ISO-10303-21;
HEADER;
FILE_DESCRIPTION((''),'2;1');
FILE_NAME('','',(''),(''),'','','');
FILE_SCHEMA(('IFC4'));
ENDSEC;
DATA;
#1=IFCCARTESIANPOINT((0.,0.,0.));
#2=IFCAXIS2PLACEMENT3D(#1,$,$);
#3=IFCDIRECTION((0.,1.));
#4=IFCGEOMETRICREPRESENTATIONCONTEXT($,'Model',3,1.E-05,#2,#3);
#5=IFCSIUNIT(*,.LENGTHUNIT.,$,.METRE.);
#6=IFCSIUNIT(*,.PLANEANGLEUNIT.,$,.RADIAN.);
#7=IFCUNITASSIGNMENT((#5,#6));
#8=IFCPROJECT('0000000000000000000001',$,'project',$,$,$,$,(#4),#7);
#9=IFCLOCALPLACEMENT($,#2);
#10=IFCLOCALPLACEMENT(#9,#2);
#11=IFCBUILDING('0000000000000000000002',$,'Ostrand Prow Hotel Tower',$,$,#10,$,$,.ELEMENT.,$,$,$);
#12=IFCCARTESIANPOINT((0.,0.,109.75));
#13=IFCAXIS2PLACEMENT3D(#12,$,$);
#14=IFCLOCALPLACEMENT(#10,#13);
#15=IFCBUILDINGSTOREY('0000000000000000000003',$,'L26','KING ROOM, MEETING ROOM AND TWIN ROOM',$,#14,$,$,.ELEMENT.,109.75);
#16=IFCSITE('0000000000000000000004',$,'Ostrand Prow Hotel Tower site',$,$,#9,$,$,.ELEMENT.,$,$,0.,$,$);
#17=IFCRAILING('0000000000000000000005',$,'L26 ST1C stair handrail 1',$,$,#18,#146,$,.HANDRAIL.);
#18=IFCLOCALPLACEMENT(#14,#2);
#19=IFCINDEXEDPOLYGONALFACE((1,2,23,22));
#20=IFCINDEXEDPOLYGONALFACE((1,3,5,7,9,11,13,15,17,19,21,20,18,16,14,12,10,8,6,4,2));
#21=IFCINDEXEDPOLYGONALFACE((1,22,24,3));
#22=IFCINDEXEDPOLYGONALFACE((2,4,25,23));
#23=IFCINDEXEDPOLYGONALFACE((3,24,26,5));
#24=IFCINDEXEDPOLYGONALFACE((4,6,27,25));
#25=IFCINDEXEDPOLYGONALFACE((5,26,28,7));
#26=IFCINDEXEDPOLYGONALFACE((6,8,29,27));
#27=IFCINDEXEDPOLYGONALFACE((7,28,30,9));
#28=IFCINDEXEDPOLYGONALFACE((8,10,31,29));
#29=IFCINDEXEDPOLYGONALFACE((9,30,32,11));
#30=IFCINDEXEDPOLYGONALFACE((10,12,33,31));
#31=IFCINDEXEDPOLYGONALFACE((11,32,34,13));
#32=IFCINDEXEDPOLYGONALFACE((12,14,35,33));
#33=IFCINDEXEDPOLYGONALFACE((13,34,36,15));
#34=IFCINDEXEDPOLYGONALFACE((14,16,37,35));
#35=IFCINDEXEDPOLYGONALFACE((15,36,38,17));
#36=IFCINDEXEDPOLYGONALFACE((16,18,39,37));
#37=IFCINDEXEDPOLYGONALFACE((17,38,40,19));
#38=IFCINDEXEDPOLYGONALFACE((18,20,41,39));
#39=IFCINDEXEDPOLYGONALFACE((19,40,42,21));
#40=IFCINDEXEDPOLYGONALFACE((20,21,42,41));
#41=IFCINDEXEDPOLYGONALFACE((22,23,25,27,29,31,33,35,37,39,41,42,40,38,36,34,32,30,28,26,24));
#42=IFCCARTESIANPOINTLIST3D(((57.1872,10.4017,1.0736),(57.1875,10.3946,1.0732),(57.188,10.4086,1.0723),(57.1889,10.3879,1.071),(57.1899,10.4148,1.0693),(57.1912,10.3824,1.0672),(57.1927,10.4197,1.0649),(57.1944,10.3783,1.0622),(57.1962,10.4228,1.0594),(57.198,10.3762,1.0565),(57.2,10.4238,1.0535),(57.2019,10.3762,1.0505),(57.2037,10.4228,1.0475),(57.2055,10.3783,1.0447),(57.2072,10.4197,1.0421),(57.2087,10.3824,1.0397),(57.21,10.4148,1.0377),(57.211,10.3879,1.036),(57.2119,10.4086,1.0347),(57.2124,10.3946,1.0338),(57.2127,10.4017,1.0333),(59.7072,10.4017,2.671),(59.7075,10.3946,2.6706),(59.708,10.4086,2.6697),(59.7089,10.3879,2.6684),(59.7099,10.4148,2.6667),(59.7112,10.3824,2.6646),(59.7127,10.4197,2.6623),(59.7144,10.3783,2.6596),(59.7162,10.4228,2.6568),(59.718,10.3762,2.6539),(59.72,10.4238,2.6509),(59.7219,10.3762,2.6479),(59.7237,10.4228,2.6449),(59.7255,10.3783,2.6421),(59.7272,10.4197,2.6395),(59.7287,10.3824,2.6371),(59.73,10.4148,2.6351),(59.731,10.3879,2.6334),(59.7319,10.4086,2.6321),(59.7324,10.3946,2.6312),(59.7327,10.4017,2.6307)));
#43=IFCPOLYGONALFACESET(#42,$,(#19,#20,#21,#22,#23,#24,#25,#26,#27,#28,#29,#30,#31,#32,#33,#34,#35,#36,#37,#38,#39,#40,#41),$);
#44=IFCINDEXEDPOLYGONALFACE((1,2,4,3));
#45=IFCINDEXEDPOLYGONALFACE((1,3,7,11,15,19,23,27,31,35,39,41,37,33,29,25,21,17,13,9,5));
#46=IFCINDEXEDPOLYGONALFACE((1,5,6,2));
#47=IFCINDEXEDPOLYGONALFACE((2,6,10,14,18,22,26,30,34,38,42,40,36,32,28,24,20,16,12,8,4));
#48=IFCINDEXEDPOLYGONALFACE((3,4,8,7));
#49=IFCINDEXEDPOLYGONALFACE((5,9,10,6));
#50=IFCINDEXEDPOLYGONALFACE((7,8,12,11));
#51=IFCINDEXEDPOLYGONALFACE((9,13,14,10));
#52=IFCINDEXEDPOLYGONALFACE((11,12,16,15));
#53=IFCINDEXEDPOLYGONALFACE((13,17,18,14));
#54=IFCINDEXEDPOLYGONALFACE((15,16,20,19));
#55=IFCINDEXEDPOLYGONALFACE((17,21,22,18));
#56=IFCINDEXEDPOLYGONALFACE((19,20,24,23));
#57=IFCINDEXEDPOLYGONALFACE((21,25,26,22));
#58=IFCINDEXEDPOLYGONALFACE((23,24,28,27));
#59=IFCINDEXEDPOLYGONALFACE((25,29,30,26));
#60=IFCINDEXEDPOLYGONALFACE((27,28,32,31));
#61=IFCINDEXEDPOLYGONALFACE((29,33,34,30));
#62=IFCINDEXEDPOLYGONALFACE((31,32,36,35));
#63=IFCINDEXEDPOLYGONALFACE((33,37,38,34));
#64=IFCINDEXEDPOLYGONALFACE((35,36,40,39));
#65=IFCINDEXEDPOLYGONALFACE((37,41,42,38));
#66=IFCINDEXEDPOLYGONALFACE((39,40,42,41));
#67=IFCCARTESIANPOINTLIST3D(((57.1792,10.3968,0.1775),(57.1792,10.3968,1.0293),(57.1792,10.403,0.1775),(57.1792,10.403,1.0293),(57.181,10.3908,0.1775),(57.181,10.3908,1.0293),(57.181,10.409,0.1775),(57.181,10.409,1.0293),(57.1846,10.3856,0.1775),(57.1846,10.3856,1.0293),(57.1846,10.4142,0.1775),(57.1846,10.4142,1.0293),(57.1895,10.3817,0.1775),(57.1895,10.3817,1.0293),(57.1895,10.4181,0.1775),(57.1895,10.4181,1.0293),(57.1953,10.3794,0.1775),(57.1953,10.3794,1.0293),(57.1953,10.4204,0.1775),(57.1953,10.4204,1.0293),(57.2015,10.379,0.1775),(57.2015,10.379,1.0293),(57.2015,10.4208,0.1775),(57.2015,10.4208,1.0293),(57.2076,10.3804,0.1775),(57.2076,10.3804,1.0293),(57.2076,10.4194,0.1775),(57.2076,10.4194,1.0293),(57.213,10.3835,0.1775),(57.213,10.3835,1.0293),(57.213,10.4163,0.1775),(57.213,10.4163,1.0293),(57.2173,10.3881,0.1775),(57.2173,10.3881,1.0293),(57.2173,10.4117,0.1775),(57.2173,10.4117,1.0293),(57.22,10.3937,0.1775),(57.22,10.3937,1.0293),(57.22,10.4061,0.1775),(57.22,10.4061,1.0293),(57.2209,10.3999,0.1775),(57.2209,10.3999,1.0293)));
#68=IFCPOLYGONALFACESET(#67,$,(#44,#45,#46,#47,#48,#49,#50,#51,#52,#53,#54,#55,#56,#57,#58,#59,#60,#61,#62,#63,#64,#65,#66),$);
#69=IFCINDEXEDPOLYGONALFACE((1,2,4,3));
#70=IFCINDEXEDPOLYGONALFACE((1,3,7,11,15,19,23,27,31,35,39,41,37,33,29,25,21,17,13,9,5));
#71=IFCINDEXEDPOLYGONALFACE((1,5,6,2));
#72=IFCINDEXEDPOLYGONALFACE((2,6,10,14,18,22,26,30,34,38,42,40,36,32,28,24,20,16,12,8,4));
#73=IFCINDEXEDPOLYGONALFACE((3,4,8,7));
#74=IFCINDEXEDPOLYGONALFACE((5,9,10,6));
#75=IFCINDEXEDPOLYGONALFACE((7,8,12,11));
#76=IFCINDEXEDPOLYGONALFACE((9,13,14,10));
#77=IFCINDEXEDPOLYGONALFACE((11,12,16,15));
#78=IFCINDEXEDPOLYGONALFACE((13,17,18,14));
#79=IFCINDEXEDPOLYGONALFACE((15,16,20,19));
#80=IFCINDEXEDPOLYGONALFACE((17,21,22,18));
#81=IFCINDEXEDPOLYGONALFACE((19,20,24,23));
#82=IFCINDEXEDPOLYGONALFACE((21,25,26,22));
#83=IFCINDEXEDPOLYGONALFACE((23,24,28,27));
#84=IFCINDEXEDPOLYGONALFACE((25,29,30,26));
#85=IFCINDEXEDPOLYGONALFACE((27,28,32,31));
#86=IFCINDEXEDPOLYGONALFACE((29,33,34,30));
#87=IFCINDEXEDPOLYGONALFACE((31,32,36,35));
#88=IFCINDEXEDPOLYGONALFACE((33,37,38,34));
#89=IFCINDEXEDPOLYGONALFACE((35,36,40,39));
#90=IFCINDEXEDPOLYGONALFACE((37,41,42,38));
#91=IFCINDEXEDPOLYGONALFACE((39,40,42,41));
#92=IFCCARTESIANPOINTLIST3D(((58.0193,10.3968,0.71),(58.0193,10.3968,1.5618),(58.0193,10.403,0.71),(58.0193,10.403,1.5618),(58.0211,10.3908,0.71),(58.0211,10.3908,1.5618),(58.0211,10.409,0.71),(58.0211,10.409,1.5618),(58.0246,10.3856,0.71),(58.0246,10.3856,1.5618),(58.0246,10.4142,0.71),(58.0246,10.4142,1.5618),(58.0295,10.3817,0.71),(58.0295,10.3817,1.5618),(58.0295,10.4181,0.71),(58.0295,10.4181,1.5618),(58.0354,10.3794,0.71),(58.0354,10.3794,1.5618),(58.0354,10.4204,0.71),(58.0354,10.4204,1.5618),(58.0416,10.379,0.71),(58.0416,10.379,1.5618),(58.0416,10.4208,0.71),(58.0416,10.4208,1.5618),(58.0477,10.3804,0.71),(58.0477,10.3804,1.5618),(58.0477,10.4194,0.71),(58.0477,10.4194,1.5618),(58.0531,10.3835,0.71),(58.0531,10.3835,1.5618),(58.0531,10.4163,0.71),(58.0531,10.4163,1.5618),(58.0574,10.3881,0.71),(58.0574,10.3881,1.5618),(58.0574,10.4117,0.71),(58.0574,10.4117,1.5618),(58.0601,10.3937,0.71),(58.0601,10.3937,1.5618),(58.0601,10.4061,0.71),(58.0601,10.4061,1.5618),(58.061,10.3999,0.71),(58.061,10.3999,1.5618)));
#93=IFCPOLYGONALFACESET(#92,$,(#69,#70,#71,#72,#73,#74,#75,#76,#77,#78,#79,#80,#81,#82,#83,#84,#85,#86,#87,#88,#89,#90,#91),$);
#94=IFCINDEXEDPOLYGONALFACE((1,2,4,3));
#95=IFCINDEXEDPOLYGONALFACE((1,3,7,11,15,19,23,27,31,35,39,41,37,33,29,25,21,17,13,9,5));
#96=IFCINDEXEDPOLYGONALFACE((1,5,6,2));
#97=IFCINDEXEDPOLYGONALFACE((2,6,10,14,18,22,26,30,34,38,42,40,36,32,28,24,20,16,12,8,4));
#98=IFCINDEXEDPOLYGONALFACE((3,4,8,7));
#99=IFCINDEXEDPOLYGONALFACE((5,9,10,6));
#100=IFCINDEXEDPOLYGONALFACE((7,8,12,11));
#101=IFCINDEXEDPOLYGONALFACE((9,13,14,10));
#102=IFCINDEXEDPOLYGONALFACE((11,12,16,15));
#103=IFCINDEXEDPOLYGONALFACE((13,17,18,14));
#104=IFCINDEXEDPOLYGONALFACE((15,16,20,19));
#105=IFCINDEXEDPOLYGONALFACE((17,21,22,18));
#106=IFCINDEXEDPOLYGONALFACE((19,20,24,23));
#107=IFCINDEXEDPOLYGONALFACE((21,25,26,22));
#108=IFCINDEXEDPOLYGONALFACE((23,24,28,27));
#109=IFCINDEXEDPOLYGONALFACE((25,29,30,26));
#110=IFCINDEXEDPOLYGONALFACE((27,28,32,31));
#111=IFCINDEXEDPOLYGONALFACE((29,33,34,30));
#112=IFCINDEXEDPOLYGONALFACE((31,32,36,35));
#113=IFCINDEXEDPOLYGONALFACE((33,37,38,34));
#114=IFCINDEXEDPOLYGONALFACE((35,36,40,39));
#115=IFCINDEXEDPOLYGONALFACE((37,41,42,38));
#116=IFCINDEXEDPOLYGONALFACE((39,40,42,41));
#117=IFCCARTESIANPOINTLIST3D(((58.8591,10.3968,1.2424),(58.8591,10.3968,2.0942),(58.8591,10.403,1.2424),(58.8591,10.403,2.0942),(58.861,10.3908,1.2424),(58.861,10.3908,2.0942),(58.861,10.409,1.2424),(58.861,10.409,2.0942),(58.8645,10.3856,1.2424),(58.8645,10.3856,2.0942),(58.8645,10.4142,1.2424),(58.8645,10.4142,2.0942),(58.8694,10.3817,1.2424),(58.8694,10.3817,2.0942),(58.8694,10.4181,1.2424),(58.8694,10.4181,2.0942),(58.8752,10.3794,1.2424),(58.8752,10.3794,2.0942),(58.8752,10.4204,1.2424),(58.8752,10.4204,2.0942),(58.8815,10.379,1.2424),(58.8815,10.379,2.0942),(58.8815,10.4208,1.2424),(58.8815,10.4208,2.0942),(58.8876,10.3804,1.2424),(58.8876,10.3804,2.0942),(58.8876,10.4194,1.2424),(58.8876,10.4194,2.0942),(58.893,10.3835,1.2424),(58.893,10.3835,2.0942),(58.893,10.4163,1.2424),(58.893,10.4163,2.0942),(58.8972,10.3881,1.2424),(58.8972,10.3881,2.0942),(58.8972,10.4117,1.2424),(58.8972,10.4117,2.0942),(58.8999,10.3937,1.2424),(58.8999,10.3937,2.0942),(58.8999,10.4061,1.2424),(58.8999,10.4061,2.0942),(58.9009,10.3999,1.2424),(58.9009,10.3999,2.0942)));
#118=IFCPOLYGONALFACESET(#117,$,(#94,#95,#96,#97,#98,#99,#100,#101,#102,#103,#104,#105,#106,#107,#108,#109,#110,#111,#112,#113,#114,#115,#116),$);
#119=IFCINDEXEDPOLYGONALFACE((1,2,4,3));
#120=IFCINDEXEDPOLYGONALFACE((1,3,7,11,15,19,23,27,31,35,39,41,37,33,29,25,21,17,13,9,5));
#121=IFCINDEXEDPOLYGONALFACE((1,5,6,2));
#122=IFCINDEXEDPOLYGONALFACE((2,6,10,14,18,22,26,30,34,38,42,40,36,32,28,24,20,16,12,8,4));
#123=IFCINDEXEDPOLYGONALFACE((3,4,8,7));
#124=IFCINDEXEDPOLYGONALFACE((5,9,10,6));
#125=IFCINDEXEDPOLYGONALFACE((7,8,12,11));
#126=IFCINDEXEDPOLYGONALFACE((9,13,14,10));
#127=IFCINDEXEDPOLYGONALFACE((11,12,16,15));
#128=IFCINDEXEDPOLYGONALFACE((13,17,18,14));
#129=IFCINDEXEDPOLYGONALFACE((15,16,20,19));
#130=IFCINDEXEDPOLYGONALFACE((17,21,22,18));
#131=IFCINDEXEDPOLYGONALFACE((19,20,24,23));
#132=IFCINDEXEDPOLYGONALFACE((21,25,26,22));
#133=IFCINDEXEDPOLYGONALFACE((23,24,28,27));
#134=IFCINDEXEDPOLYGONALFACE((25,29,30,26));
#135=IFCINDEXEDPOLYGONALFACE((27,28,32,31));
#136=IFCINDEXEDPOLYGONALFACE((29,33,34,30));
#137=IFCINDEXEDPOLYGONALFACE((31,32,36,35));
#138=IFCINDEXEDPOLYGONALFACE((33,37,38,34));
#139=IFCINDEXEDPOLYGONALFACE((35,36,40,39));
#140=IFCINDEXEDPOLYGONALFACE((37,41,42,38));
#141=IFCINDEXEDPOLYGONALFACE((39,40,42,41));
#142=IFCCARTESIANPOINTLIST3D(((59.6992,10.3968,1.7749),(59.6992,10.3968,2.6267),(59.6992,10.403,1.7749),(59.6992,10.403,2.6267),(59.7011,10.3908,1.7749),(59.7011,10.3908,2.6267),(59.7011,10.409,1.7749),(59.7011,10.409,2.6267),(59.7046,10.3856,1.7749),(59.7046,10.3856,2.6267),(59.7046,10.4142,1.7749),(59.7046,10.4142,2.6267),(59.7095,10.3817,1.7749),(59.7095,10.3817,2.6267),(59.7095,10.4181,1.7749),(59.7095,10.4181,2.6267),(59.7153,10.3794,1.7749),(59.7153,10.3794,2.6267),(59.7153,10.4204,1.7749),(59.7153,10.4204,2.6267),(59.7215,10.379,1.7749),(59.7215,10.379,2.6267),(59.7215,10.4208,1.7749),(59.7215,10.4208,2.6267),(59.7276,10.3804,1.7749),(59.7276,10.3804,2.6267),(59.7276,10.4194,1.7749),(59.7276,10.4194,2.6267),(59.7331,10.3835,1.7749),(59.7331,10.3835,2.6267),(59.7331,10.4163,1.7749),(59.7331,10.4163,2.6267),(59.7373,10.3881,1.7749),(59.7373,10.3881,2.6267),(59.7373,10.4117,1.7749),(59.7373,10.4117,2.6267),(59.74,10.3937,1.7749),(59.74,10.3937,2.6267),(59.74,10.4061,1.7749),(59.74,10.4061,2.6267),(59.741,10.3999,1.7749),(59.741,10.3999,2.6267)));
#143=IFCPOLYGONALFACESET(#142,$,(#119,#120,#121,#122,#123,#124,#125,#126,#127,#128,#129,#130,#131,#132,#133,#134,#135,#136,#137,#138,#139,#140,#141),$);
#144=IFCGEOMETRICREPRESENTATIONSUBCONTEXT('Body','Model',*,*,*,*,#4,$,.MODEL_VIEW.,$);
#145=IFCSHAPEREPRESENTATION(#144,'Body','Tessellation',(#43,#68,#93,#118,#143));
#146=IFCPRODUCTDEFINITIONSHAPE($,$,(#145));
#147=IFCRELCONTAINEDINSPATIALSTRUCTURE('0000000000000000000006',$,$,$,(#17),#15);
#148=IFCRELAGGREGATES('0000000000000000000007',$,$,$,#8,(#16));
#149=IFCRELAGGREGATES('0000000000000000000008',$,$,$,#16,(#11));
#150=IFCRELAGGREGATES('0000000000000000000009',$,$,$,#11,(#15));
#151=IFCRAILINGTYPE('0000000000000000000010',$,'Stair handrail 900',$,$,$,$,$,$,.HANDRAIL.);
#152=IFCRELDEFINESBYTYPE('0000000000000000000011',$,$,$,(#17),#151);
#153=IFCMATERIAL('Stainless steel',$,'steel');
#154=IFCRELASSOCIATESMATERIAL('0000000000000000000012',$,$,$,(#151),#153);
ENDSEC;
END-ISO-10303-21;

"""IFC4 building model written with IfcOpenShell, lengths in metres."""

from ifc_helpers import new_model, si_unit, direction, frame, origin, origin_2d, place, context, subcontext, project, spatial, circle, extrude, material, type_object, element, save


model = new_model("IFC4")

# Units and contexts
model_context = context("Model", 3, precision=1e-05, world=origin(), true_north=direction((0.0, 1.0)))
body_context = subcontext(model_context, "Body", "Model", "MODEL_VIEW")
ifc_project = project(units=[si_unit("LENGTHUNIT", "METRE"), si_unit("PLANEANGLEUNIT", "RADIAN")], contexts=[model_context])

# Site, building, storey
site_placement = place(None, origin())
site = spatial("IfcSite", under=ifc_project, at=site_placement, Name="Ostrand Prow Hotel Tower site", CompositionType="ELEMENT", RefElevation=0.0)
building_placement = place(site_placement, origin())
building = spatial("IfcBuilding", under=site, at=building_placement, Name="Ostrand Prow Hotel Tower", CompositionType="ELEMENT")
storey_placement = place(building_placement, frame((0.0, 0.0, 109.75)))
storey = spatial("IfcBuildingStorey", under=building, at=storey_placement, Name="L26", Description="KING ROOM, MEETING ROOM AND TWIN ROOM", CompositionType="ELEMENT", Elevation=109.75)

# Railing
ifc_material_1 = material(Name="Stainless steel", Category="steel")
railing_type_1 = type_object("IfcRailingType", Name="Stair handrail 900", PredefinedType="HANDRAIL", material=ifc_material_1)
railing_1_placement = place(storey_placement, frame((57.2, 10.3999, 0.1775)))
element("IfcRailing", 1, at=railing_1_placement, inside=storey, type_object=railing_type_1, Name="L26 ST1C stair handrail 1", PredefinedType="HANDRAIL", context=body_context, shape_type="SweptSolid", body=[
    extrude(circle(Radius=0.0239, at=origin_2d()), frame((0.0, 0.0, 0.876), z_axis=(0.844607, 0.0, 0.535387), x_axis=(0.0, 1.0, 0.0)), (0.0, 0.0, 1.0), 2.9836),
    extrude(circle(Radius=0.021, at=origin_2d()), origin(), (0.0, 0.0, 1.0), 0.8518),
    extrude(circle(Radius=0.021, at=origin_2d()), frame((0.8401, 0.0, 0.5325)), (0.0, 0.0, 1.0), 0.8518),
    extrude(circle(Radius=0.021, at=origin_2d()), frame((1.6799, 0.0, 1.0649)), (0.0, 0.0, 1.0), 0.8518),
    extrude(circle(Radius=0.021, at=origin_2d()), frame((2.52, 0.0, 1.5974)), (0.0, 0.0, 1.0), 0.8518),
])

save(model, "model.ifc")
